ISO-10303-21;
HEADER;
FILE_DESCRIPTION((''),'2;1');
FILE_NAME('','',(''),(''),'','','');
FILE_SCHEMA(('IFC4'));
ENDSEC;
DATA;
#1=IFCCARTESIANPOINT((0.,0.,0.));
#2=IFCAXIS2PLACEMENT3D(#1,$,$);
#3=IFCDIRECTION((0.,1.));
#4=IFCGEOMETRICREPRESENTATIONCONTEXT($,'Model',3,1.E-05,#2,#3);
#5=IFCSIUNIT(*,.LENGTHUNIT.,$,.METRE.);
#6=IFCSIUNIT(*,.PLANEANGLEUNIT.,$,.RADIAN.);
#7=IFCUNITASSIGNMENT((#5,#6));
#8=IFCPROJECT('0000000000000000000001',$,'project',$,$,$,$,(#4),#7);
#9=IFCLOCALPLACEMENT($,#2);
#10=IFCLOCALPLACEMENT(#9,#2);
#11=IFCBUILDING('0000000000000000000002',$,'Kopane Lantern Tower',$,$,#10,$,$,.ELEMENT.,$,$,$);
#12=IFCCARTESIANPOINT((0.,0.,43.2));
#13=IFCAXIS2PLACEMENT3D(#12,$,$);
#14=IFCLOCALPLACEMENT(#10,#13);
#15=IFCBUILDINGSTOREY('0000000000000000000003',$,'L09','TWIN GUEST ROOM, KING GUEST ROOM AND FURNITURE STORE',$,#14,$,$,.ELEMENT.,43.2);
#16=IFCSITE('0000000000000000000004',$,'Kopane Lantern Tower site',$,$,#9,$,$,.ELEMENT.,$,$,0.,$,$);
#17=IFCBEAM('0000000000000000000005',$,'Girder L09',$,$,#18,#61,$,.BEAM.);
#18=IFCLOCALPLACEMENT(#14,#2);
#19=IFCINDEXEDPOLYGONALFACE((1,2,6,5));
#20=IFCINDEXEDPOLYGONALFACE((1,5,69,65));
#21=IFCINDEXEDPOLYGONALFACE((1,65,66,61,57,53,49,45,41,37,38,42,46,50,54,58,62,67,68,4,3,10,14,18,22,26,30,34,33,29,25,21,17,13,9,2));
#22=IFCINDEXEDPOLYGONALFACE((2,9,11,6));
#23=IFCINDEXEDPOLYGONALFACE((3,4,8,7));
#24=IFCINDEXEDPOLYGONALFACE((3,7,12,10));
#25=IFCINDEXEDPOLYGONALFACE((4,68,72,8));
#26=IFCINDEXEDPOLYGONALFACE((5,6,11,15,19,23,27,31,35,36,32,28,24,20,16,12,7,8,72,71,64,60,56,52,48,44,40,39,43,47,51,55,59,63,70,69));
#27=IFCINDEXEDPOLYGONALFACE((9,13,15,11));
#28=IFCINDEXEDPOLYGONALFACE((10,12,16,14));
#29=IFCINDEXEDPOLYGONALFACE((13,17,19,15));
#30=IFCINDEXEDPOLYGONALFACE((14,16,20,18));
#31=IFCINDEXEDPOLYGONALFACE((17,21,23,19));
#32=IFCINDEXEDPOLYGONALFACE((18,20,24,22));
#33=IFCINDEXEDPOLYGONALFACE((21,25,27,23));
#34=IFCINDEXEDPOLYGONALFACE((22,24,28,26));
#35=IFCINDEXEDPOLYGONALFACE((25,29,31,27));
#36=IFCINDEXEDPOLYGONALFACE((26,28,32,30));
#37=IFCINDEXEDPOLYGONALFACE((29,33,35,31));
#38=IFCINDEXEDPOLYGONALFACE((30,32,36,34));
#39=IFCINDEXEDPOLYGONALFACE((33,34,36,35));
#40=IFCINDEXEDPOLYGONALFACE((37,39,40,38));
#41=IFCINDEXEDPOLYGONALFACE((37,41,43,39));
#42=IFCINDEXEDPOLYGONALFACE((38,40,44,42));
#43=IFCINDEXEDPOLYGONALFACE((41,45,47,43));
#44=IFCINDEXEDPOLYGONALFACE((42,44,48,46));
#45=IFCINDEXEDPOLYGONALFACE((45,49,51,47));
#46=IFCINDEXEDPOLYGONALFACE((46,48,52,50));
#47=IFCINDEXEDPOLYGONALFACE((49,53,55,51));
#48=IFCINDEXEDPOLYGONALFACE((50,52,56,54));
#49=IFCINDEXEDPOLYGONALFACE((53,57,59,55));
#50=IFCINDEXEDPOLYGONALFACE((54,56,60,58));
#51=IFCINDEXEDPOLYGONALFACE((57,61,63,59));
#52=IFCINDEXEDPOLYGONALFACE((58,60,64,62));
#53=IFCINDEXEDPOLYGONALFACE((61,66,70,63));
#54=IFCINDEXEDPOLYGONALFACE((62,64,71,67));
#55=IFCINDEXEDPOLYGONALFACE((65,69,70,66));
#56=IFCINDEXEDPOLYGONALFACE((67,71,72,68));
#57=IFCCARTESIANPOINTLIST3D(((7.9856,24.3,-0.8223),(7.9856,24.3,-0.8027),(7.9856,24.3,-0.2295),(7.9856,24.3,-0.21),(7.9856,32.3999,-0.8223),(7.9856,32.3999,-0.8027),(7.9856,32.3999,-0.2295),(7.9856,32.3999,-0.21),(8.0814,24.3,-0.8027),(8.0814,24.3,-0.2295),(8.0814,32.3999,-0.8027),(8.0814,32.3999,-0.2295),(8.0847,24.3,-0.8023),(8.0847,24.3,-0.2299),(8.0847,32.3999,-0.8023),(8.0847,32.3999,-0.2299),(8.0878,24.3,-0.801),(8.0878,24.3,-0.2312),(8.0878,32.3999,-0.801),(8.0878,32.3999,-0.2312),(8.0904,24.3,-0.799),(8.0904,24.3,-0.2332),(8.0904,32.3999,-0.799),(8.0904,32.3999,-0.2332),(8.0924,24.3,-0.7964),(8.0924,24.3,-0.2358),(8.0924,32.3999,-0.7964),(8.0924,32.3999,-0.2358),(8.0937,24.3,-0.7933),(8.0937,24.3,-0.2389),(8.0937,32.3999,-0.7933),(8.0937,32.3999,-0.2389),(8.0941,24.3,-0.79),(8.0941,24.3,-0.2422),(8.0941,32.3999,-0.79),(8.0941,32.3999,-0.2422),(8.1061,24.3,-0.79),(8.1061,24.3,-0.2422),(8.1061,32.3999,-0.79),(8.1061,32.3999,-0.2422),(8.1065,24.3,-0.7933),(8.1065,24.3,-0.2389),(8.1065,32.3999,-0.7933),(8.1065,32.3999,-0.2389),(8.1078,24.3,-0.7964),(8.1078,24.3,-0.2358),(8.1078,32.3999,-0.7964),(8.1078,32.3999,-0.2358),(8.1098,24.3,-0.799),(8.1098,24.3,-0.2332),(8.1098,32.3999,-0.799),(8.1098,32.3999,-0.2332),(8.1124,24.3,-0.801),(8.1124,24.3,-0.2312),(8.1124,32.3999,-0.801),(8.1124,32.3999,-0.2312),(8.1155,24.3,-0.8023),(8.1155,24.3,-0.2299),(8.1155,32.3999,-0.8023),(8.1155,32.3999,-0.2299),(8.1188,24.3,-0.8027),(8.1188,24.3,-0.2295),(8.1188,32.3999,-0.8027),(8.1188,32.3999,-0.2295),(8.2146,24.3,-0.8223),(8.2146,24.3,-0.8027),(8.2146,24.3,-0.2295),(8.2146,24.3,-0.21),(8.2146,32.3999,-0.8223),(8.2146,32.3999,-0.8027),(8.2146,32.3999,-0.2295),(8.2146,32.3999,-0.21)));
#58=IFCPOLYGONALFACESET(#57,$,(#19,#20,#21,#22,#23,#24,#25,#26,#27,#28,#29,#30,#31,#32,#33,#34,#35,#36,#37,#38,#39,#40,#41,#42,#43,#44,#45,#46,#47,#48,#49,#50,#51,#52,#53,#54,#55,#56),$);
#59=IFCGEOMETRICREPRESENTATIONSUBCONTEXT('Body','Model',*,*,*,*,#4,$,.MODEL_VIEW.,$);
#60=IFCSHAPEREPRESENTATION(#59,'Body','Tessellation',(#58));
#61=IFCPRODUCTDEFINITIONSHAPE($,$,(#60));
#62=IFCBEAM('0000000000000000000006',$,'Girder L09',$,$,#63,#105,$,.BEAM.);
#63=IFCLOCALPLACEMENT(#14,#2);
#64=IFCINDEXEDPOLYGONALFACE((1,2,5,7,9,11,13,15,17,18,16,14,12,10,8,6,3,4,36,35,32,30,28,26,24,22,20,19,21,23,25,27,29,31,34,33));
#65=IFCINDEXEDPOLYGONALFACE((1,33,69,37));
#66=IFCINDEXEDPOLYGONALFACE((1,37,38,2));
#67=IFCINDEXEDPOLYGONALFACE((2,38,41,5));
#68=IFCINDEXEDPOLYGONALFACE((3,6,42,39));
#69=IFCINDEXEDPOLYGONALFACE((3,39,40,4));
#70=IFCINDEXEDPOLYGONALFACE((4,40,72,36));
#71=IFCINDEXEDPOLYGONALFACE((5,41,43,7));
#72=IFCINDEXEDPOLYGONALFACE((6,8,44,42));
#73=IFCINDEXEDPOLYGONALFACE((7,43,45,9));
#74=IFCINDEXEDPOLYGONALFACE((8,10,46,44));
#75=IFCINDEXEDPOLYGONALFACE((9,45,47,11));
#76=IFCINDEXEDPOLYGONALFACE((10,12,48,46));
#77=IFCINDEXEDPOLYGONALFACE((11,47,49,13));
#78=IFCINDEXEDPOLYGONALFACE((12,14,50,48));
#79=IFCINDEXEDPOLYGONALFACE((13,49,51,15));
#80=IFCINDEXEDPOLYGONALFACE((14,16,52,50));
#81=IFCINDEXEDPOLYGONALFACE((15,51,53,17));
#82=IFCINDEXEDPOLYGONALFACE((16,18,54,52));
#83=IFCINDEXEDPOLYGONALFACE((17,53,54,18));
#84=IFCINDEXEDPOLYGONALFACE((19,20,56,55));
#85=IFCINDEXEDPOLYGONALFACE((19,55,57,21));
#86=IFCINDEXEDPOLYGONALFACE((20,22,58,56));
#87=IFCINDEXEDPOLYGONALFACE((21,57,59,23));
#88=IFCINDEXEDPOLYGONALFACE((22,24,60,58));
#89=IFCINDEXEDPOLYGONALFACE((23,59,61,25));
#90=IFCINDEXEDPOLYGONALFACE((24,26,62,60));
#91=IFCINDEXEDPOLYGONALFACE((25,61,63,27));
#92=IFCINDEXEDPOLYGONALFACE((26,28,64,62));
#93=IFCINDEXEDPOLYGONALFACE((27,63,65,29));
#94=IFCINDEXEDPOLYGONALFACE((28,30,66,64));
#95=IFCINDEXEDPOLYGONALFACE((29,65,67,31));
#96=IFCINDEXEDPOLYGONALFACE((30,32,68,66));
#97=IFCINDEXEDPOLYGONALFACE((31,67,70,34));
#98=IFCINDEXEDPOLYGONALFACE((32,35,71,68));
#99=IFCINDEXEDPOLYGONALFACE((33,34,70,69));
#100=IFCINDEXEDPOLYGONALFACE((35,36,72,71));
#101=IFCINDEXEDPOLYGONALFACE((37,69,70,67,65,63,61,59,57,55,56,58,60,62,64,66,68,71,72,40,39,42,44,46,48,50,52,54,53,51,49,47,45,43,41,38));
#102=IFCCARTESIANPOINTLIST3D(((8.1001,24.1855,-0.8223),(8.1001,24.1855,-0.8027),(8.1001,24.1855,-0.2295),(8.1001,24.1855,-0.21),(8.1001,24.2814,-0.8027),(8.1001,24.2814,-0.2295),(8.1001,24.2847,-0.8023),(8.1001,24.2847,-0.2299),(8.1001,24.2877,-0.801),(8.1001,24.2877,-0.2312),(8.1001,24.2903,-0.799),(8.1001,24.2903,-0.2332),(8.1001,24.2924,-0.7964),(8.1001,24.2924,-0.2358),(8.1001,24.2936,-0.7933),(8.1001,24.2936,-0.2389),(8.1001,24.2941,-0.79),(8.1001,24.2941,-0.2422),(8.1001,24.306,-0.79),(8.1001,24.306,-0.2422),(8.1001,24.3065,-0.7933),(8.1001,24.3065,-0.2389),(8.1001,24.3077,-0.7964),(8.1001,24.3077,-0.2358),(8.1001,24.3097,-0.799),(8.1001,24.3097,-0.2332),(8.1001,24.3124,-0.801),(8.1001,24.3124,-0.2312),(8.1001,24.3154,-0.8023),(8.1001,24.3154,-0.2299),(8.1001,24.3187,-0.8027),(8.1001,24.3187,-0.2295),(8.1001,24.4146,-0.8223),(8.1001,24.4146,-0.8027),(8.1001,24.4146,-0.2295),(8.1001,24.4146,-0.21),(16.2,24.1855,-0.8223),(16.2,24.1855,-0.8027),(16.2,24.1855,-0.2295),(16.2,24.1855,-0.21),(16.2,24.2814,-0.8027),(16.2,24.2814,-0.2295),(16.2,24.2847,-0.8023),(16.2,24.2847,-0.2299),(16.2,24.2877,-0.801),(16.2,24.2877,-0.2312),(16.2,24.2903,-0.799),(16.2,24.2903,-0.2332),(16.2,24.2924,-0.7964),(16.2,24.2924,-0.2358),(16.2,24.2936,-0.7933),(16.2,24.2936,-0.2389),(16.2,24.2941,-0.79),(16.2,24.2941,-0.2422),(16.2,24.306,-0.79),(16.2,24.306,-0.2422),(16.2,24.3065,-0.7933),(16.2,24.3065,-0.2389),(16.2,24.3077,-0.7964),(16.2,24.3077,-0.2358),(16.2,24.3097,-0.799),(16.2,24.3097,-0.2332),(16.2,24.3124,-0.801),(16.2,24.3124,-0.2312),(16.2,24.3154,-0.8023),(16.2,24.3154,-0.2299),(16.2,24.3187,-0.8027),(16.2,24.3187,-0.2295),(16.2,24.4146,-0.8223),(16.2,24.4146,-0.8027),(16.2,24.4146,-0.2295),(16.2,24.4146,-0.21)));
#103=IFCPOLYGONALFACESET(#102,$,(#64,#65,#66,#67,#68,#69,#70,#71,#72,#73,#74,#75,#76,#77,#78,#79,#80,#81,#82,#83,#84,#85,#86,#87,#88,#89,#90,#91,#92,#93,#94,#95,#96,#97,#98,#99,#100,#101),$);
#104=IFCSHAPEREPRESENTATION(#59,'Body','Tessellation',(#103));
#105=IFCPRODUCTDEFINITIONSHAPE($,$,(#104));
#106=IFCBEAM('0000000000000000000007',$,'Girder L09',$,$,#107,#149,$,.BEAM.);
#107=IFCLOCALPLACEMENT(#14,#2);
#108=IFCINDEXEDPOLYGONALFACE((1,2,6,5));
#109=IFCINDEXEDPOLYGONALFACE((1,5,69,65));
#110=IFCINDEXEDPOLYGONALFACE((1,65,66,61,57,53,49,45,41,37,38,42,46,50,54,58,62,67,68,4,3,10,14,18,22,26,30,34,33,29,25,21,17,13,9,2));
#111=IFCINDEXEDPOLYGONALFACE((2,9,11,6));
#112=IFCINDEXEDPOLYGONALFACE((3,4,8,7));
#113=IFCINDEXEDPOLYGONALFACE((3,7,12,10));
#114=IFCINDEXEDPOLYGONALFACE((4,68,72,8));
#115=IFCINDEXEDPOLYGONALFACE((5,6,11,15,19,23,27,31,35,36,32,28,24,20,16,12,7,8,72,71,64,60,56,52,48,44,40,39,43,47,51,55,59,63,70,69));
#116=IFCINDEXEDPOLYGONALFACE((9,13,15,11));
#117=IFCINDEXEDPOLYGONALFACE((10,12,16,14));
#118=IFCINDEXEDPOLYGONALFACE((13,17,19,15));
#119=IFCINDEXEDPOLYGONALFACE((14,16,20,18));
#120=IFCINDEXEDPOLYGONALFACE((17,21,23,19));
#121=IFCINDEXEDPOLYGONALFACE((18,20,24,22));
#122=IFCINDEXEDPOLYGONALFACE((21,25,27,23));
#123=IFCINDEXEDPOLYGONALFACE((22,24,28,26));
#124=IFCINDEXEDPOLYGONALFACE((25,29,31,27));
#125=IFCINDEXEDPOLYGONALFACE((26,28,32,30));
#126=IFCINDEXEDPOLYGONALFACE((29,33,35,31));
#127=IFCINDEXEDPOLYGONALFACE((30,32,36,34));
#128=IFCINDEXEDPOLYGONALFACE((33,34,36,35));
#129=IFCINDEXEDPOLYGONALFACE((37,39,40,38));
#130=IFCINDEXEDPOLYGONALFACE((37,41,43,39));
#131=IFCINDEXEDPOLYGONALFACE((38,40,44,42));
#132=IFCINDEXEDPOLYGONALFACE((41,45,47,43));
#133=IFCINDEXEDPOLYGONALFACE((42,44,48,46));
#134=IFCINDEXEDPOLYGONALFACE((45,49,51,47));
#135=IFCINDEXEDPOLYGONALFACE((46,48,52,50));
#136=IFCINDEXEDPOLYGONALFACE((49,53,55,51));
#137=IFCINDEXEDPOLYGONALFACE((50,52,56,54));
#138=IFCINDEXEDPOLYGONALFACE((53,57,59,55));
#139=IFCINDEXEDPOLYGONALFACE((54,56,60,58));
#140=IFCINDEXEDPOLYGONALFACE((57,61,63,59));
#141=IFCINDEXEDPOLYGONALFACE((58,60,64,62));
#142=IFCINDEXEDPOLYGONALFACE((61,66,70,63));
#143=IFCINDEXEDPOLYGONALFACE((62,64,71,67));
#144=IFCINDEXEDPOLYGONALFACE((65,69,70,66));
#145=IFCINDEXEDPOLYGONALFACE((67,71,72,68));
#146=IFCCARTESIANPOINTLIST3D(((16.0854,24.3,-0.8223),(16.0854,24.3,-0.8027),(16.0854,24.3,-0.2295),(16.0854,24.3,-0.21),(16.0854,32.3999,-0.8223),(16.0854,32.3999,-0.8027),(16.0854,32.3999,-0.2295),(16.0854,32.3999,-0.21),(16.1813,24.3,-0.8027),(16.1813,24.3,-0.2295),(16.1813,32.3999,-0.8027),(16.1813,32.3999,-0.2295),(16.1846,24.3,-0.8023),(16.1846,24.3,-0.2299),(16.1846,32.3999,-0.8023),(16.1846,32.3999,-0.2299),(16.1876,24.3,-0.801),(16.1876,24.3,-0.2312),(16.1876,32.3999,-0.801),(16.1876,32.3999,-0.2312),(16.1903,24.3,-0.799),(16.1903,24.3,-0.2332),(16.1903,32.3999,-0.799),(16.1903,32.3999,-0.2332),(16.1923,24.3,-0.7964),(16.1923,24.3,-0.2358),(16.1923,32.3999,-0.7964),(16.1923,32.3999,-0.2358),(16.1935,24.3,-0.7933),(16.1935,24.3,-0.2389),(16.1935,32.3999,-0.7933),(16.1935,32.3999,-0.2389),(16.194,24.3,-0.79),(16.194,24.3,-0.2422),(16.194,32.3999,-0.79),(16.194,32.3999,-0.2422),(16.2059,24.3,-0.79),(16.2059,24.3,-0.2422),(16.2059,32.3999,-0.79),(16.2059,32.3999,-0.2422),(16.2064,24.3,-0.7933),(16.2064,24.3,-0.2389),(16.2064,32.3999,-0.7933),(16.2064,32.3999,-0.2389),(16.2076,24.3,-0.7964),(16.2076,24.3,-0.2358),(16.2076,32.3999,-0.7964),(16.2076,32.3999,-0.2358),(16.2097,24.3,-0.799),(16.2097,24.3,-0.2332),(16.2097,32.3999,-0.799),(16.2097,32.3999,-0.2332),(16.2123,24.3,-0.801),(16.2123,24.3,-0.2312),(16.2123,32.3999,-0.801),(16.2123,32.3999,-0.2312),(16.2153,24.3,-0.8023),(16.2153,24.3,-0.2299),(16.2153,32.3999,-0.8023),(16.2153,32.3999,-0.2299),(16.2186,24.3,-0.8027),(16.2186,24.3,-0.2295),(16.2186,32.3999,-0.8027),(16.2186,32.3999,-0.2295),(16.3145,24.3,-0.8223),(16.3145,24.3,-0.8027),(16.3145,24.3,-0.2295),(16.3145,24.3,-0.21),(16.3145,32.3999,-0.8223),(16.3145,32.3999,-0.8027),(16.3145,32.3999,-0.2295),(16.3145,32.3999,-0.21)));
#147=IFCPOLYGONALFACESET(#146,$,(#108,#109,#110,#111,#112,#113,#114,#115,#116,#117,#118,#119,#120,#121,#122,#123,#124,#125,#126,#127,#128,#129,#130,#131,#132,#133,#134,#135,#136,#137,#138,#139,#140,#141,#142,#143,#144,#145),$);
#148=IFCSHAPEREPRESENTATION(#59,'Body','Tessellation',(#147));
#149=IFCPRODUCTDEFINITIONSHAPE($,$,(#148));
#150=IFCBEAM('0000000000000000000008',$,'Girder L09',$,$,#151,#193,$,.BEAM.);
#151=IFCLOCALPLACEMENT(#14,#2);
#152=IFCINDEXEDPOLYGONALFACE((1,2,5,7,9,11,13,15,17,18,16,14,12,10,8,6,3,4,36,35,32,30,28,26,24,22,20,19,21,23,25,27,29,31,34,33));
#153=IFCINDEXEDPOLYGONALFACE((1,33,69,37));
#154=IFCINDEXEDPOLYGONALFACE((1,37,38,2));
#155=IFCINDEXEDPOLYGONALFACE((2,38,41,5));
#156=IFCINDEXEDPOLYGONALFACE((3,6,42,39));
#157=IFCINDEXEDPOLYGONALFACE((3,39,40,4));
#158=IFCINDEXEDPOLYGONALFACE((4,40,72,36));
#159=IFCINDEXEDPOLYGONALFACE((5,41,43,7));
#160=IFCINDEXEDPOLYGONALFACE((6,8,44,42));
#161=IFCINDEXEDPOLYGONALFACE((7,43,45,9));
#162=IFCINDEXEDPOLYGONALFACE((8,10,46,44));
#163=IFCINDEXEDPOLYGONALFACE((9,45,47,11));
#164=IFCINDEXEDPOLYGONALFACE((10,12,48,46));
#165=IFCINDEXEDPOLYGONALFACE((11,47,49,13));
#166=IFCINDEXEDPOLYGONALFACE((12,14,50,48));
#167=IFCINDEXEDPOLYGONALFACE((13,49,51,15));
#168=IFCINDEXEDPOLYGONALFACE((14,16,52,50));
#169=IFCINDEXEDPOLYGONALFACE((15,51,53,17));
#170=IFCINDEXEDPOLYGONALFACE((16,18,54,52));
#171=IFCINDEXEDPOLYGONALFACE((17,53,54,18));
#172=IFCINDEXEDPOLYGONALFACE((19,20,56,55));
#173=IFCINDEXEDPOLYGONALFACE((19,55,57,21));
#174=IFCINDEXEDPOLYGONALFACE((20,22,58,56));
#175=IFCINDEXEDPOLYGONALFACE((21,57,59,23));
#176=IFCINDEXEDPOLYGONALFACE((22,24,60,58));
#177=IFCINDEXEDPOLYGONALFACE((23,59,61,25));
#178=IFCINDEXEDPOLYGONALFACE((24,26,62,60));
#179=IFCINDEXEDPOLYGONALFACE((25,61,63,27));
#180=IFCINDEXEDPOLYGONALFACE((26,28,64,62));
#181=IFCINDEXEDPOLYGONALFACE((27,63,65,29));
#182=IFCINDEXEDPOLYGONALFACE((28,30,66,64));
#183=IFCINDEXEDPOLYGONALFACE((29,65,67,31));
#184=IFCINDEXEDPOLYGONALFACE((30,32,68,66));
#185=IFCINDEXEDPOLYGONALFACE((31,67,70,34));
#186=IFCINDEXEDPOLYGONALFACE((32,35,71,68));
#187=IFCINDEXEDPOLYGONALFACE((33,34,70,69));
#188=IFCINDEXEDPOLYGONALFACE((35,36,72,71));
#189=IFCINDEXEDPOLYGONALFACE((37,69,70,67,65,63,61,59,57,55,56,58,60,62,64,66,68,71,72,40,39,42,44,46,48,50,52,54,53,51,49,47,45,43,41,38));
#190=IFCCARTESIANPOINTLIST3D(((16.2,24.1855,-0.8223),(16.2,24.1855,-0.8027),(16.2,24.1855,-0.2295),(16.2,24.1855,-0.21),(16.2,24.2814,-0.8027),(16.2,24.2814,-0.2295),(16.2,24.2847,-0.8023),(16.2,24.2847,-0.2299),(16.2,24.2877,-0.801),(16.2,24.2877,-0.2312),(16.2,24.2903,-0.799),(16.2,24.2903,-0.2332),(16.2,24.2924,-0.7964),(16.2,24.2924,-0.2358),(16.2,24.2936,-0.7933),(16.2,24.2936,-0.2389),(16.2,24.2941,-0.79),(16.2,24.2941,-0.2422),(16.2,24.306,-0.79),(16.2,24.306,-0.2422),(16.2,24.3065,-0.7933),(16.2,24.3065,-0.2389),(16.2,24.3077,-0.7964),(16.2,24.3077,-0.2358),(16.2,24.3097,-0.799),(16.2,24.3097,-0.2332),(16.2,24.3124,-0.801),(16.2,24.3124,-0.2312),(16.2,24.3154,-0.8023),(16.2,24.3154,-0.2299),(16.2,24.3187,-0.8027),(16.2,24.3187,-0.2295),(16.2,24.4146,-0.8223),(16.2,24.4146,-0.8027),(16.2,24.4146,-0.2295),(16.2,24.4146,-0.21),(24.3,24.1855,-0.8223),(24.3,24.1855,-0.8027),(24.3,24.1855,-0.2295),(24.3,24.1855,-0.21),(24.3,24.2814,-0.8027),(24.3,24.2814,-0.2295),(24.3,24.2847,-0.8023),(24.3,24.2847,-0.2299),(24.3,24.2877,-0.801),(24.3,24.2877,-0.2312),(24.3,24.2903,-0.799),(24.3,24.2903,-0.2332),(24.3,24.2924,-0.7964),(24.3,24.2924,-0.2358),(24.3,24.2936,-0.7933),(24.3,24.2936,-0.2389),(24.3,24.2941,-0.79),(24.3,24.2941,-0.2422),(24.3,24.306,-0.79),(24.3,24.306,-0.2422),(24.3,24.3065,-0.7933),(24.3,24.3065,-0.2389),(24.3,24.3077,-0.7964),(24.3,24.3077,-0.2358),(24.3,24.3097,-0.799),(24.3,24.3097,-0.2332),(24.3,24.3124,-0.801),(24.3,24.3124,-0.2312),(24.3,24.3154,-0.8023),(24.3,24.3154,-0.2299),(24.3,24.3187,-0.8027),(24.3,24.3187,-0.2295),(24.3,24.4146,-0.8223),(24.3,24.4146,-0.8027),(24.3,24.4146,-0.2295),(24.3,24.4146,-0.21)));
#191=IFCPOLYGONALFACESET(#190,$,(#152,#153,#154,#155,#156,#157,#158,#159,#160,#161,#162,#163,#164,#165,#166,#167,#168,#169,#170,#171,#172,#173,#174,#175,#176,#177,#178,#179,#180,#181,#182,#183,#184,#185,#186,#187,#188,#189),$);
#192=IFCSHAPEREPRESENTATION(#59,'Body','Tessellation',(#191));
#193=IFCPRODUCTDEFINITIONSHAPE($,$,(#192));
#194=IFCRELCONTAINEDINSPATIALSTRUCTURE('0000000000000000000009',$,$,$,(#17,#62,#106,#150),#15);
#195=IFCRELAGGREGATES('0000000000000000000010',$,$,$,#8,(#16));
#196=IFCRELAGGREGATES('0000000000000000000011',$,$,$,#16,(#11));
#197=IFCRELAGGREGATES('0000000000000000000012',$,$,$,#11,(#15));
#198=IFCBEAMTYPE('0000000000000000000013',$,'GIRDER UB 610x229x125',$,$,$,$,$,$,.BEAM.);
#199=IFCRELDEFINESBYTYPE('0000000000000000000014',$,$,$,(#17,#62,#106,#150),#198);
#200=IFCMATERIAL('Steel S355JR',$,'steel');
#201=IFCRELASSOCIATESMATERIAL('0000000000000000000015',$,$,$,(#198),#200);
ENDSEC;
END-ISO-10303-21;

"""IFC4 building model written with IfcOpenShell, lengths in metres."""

from ifc_helpers import new_model, si_unit, direction, frame, origin, origin_2d, place, context, subcontext, project, spatial, i_section, extrude, material, material_profile, profile_set, type_object, element, save


model = new_model("IFC4")

# Units and contexts
model_context = context("Model", 3, precision=1e-05, world=origin(), true_north=direction((0.0, 1.0)))
body_context = subcontext(model_context, "Body", "Model", "MODEL_VIEW")
ifc_project = project(units=[si_unit("LENGTHUNIT", "METRE"), si_unit("PLANEANGLEUNIT", "RADIAN")], contexts=[model_context])

# Site, building, storey
site_placement = place(None, origin())
site = spatial("IfcSite", under=ifc_project, at=site_placement, Name="Kopane Lantern Tower site", CompositionType="ELEMENT", RefElevation=0.0)
building_placement = place(site_placement, origin())
building = spatial("IfcBuilding", under=site, at=building_placement, Name="Kopane Lantern Tower", CompositionType="ELEMENT")
storey_placement = place(building_placement, frame((0.0, 0.0, 43.2)))
storey = spatial("IfcBuildingStorey", under=building, at=storey_placement, Name="L09", Description="TWIN GUEST ROOM, KING GUEST ROOM AND FURNITURE STORE", CompositionType="ELEMENT", Elevation=43.2)

# Beams
ifc_material_1 = material(Name="Steel S355JR", Category="steel")
ifc_material_profile_1 = material_profile(ifc_material_1, i_section(OverallWidth=0.229, OverallDepth=0.6123, WebThickness=0.012, FlangeThickness=0.0195, FilletRadius=0.0127, at=origin_2d()), Name="UB 610x229x125")
ifc_profile_set_1 = profile_set([ifc_material_profile_1], Name="Steel S355JR")
beam_type_1 = type_object("IfcBeamType", Name="GIRDER UB 610x229x125", PredefinedType="BEAM", material=ifc_profile_set_1)
for number, where, z_axis, x_axis, name in (
    (1, (8.1001, 24.3, -0.5161), (0.0, 1.0, 0.0), (-1.0, 0.0, 0.0), "Girder L09"),
    (2, (8.1001, 24.3, -0.5161), (1.0, 0.0, 0.0), (0.0, 1.0, 0.0), "Girder L09"),
    (3, (16.2, 24.3, -0.5161), (0.0, 1.0, 0.0), (-1.0, 0.0, 0.0), "Girder L09"),
):
    element("IfcBeam", number, at=place(storey_placement, frame(where, z_axis=z_axis, x_axis=x_axis)), inside=storey, type_object=beam_type_1, Name=name, PredefinedType="BEAM", context=body_context, shape_type="SweptSolid", body=[
        extrude(i_section(OverallWidth=0.229, OverallDepth=0.6123, WebThickness=0.012, FlangeThickness=0.0195, FilletRadius=0.0127, at=origin_2d()), origin(), (0.0, 0.0, 1.0), 8.0999),
    ])
for number, where, z_axis, x_axis, name in (
    (4, (16.2, 24.3, -0.5161), (1.0, 0.0, 0.0), (0.0, 1.0, 0.0), "Girder L09"),
):
    element("IfcBeam", number, at=place(storey_placement, frame(where, z_axis=z_axis, x_axis=x_axis)), inside=storey, type_object=beam_type_1, Name=name, PredefinedType="BEAM", context=body_context, shape_type="SweptSolid", body=[
        extrude(i_section(OverallWidth=0.229, OverallDepth=0.6123, WebThickness=0.012, FlangeThickness=0.0195, FilletRadius=0.0127, at=origin_2d()), origin(), (0.0, 0.0, 1.0), 8.1001),
    ])

save(model, "model.ifc")
